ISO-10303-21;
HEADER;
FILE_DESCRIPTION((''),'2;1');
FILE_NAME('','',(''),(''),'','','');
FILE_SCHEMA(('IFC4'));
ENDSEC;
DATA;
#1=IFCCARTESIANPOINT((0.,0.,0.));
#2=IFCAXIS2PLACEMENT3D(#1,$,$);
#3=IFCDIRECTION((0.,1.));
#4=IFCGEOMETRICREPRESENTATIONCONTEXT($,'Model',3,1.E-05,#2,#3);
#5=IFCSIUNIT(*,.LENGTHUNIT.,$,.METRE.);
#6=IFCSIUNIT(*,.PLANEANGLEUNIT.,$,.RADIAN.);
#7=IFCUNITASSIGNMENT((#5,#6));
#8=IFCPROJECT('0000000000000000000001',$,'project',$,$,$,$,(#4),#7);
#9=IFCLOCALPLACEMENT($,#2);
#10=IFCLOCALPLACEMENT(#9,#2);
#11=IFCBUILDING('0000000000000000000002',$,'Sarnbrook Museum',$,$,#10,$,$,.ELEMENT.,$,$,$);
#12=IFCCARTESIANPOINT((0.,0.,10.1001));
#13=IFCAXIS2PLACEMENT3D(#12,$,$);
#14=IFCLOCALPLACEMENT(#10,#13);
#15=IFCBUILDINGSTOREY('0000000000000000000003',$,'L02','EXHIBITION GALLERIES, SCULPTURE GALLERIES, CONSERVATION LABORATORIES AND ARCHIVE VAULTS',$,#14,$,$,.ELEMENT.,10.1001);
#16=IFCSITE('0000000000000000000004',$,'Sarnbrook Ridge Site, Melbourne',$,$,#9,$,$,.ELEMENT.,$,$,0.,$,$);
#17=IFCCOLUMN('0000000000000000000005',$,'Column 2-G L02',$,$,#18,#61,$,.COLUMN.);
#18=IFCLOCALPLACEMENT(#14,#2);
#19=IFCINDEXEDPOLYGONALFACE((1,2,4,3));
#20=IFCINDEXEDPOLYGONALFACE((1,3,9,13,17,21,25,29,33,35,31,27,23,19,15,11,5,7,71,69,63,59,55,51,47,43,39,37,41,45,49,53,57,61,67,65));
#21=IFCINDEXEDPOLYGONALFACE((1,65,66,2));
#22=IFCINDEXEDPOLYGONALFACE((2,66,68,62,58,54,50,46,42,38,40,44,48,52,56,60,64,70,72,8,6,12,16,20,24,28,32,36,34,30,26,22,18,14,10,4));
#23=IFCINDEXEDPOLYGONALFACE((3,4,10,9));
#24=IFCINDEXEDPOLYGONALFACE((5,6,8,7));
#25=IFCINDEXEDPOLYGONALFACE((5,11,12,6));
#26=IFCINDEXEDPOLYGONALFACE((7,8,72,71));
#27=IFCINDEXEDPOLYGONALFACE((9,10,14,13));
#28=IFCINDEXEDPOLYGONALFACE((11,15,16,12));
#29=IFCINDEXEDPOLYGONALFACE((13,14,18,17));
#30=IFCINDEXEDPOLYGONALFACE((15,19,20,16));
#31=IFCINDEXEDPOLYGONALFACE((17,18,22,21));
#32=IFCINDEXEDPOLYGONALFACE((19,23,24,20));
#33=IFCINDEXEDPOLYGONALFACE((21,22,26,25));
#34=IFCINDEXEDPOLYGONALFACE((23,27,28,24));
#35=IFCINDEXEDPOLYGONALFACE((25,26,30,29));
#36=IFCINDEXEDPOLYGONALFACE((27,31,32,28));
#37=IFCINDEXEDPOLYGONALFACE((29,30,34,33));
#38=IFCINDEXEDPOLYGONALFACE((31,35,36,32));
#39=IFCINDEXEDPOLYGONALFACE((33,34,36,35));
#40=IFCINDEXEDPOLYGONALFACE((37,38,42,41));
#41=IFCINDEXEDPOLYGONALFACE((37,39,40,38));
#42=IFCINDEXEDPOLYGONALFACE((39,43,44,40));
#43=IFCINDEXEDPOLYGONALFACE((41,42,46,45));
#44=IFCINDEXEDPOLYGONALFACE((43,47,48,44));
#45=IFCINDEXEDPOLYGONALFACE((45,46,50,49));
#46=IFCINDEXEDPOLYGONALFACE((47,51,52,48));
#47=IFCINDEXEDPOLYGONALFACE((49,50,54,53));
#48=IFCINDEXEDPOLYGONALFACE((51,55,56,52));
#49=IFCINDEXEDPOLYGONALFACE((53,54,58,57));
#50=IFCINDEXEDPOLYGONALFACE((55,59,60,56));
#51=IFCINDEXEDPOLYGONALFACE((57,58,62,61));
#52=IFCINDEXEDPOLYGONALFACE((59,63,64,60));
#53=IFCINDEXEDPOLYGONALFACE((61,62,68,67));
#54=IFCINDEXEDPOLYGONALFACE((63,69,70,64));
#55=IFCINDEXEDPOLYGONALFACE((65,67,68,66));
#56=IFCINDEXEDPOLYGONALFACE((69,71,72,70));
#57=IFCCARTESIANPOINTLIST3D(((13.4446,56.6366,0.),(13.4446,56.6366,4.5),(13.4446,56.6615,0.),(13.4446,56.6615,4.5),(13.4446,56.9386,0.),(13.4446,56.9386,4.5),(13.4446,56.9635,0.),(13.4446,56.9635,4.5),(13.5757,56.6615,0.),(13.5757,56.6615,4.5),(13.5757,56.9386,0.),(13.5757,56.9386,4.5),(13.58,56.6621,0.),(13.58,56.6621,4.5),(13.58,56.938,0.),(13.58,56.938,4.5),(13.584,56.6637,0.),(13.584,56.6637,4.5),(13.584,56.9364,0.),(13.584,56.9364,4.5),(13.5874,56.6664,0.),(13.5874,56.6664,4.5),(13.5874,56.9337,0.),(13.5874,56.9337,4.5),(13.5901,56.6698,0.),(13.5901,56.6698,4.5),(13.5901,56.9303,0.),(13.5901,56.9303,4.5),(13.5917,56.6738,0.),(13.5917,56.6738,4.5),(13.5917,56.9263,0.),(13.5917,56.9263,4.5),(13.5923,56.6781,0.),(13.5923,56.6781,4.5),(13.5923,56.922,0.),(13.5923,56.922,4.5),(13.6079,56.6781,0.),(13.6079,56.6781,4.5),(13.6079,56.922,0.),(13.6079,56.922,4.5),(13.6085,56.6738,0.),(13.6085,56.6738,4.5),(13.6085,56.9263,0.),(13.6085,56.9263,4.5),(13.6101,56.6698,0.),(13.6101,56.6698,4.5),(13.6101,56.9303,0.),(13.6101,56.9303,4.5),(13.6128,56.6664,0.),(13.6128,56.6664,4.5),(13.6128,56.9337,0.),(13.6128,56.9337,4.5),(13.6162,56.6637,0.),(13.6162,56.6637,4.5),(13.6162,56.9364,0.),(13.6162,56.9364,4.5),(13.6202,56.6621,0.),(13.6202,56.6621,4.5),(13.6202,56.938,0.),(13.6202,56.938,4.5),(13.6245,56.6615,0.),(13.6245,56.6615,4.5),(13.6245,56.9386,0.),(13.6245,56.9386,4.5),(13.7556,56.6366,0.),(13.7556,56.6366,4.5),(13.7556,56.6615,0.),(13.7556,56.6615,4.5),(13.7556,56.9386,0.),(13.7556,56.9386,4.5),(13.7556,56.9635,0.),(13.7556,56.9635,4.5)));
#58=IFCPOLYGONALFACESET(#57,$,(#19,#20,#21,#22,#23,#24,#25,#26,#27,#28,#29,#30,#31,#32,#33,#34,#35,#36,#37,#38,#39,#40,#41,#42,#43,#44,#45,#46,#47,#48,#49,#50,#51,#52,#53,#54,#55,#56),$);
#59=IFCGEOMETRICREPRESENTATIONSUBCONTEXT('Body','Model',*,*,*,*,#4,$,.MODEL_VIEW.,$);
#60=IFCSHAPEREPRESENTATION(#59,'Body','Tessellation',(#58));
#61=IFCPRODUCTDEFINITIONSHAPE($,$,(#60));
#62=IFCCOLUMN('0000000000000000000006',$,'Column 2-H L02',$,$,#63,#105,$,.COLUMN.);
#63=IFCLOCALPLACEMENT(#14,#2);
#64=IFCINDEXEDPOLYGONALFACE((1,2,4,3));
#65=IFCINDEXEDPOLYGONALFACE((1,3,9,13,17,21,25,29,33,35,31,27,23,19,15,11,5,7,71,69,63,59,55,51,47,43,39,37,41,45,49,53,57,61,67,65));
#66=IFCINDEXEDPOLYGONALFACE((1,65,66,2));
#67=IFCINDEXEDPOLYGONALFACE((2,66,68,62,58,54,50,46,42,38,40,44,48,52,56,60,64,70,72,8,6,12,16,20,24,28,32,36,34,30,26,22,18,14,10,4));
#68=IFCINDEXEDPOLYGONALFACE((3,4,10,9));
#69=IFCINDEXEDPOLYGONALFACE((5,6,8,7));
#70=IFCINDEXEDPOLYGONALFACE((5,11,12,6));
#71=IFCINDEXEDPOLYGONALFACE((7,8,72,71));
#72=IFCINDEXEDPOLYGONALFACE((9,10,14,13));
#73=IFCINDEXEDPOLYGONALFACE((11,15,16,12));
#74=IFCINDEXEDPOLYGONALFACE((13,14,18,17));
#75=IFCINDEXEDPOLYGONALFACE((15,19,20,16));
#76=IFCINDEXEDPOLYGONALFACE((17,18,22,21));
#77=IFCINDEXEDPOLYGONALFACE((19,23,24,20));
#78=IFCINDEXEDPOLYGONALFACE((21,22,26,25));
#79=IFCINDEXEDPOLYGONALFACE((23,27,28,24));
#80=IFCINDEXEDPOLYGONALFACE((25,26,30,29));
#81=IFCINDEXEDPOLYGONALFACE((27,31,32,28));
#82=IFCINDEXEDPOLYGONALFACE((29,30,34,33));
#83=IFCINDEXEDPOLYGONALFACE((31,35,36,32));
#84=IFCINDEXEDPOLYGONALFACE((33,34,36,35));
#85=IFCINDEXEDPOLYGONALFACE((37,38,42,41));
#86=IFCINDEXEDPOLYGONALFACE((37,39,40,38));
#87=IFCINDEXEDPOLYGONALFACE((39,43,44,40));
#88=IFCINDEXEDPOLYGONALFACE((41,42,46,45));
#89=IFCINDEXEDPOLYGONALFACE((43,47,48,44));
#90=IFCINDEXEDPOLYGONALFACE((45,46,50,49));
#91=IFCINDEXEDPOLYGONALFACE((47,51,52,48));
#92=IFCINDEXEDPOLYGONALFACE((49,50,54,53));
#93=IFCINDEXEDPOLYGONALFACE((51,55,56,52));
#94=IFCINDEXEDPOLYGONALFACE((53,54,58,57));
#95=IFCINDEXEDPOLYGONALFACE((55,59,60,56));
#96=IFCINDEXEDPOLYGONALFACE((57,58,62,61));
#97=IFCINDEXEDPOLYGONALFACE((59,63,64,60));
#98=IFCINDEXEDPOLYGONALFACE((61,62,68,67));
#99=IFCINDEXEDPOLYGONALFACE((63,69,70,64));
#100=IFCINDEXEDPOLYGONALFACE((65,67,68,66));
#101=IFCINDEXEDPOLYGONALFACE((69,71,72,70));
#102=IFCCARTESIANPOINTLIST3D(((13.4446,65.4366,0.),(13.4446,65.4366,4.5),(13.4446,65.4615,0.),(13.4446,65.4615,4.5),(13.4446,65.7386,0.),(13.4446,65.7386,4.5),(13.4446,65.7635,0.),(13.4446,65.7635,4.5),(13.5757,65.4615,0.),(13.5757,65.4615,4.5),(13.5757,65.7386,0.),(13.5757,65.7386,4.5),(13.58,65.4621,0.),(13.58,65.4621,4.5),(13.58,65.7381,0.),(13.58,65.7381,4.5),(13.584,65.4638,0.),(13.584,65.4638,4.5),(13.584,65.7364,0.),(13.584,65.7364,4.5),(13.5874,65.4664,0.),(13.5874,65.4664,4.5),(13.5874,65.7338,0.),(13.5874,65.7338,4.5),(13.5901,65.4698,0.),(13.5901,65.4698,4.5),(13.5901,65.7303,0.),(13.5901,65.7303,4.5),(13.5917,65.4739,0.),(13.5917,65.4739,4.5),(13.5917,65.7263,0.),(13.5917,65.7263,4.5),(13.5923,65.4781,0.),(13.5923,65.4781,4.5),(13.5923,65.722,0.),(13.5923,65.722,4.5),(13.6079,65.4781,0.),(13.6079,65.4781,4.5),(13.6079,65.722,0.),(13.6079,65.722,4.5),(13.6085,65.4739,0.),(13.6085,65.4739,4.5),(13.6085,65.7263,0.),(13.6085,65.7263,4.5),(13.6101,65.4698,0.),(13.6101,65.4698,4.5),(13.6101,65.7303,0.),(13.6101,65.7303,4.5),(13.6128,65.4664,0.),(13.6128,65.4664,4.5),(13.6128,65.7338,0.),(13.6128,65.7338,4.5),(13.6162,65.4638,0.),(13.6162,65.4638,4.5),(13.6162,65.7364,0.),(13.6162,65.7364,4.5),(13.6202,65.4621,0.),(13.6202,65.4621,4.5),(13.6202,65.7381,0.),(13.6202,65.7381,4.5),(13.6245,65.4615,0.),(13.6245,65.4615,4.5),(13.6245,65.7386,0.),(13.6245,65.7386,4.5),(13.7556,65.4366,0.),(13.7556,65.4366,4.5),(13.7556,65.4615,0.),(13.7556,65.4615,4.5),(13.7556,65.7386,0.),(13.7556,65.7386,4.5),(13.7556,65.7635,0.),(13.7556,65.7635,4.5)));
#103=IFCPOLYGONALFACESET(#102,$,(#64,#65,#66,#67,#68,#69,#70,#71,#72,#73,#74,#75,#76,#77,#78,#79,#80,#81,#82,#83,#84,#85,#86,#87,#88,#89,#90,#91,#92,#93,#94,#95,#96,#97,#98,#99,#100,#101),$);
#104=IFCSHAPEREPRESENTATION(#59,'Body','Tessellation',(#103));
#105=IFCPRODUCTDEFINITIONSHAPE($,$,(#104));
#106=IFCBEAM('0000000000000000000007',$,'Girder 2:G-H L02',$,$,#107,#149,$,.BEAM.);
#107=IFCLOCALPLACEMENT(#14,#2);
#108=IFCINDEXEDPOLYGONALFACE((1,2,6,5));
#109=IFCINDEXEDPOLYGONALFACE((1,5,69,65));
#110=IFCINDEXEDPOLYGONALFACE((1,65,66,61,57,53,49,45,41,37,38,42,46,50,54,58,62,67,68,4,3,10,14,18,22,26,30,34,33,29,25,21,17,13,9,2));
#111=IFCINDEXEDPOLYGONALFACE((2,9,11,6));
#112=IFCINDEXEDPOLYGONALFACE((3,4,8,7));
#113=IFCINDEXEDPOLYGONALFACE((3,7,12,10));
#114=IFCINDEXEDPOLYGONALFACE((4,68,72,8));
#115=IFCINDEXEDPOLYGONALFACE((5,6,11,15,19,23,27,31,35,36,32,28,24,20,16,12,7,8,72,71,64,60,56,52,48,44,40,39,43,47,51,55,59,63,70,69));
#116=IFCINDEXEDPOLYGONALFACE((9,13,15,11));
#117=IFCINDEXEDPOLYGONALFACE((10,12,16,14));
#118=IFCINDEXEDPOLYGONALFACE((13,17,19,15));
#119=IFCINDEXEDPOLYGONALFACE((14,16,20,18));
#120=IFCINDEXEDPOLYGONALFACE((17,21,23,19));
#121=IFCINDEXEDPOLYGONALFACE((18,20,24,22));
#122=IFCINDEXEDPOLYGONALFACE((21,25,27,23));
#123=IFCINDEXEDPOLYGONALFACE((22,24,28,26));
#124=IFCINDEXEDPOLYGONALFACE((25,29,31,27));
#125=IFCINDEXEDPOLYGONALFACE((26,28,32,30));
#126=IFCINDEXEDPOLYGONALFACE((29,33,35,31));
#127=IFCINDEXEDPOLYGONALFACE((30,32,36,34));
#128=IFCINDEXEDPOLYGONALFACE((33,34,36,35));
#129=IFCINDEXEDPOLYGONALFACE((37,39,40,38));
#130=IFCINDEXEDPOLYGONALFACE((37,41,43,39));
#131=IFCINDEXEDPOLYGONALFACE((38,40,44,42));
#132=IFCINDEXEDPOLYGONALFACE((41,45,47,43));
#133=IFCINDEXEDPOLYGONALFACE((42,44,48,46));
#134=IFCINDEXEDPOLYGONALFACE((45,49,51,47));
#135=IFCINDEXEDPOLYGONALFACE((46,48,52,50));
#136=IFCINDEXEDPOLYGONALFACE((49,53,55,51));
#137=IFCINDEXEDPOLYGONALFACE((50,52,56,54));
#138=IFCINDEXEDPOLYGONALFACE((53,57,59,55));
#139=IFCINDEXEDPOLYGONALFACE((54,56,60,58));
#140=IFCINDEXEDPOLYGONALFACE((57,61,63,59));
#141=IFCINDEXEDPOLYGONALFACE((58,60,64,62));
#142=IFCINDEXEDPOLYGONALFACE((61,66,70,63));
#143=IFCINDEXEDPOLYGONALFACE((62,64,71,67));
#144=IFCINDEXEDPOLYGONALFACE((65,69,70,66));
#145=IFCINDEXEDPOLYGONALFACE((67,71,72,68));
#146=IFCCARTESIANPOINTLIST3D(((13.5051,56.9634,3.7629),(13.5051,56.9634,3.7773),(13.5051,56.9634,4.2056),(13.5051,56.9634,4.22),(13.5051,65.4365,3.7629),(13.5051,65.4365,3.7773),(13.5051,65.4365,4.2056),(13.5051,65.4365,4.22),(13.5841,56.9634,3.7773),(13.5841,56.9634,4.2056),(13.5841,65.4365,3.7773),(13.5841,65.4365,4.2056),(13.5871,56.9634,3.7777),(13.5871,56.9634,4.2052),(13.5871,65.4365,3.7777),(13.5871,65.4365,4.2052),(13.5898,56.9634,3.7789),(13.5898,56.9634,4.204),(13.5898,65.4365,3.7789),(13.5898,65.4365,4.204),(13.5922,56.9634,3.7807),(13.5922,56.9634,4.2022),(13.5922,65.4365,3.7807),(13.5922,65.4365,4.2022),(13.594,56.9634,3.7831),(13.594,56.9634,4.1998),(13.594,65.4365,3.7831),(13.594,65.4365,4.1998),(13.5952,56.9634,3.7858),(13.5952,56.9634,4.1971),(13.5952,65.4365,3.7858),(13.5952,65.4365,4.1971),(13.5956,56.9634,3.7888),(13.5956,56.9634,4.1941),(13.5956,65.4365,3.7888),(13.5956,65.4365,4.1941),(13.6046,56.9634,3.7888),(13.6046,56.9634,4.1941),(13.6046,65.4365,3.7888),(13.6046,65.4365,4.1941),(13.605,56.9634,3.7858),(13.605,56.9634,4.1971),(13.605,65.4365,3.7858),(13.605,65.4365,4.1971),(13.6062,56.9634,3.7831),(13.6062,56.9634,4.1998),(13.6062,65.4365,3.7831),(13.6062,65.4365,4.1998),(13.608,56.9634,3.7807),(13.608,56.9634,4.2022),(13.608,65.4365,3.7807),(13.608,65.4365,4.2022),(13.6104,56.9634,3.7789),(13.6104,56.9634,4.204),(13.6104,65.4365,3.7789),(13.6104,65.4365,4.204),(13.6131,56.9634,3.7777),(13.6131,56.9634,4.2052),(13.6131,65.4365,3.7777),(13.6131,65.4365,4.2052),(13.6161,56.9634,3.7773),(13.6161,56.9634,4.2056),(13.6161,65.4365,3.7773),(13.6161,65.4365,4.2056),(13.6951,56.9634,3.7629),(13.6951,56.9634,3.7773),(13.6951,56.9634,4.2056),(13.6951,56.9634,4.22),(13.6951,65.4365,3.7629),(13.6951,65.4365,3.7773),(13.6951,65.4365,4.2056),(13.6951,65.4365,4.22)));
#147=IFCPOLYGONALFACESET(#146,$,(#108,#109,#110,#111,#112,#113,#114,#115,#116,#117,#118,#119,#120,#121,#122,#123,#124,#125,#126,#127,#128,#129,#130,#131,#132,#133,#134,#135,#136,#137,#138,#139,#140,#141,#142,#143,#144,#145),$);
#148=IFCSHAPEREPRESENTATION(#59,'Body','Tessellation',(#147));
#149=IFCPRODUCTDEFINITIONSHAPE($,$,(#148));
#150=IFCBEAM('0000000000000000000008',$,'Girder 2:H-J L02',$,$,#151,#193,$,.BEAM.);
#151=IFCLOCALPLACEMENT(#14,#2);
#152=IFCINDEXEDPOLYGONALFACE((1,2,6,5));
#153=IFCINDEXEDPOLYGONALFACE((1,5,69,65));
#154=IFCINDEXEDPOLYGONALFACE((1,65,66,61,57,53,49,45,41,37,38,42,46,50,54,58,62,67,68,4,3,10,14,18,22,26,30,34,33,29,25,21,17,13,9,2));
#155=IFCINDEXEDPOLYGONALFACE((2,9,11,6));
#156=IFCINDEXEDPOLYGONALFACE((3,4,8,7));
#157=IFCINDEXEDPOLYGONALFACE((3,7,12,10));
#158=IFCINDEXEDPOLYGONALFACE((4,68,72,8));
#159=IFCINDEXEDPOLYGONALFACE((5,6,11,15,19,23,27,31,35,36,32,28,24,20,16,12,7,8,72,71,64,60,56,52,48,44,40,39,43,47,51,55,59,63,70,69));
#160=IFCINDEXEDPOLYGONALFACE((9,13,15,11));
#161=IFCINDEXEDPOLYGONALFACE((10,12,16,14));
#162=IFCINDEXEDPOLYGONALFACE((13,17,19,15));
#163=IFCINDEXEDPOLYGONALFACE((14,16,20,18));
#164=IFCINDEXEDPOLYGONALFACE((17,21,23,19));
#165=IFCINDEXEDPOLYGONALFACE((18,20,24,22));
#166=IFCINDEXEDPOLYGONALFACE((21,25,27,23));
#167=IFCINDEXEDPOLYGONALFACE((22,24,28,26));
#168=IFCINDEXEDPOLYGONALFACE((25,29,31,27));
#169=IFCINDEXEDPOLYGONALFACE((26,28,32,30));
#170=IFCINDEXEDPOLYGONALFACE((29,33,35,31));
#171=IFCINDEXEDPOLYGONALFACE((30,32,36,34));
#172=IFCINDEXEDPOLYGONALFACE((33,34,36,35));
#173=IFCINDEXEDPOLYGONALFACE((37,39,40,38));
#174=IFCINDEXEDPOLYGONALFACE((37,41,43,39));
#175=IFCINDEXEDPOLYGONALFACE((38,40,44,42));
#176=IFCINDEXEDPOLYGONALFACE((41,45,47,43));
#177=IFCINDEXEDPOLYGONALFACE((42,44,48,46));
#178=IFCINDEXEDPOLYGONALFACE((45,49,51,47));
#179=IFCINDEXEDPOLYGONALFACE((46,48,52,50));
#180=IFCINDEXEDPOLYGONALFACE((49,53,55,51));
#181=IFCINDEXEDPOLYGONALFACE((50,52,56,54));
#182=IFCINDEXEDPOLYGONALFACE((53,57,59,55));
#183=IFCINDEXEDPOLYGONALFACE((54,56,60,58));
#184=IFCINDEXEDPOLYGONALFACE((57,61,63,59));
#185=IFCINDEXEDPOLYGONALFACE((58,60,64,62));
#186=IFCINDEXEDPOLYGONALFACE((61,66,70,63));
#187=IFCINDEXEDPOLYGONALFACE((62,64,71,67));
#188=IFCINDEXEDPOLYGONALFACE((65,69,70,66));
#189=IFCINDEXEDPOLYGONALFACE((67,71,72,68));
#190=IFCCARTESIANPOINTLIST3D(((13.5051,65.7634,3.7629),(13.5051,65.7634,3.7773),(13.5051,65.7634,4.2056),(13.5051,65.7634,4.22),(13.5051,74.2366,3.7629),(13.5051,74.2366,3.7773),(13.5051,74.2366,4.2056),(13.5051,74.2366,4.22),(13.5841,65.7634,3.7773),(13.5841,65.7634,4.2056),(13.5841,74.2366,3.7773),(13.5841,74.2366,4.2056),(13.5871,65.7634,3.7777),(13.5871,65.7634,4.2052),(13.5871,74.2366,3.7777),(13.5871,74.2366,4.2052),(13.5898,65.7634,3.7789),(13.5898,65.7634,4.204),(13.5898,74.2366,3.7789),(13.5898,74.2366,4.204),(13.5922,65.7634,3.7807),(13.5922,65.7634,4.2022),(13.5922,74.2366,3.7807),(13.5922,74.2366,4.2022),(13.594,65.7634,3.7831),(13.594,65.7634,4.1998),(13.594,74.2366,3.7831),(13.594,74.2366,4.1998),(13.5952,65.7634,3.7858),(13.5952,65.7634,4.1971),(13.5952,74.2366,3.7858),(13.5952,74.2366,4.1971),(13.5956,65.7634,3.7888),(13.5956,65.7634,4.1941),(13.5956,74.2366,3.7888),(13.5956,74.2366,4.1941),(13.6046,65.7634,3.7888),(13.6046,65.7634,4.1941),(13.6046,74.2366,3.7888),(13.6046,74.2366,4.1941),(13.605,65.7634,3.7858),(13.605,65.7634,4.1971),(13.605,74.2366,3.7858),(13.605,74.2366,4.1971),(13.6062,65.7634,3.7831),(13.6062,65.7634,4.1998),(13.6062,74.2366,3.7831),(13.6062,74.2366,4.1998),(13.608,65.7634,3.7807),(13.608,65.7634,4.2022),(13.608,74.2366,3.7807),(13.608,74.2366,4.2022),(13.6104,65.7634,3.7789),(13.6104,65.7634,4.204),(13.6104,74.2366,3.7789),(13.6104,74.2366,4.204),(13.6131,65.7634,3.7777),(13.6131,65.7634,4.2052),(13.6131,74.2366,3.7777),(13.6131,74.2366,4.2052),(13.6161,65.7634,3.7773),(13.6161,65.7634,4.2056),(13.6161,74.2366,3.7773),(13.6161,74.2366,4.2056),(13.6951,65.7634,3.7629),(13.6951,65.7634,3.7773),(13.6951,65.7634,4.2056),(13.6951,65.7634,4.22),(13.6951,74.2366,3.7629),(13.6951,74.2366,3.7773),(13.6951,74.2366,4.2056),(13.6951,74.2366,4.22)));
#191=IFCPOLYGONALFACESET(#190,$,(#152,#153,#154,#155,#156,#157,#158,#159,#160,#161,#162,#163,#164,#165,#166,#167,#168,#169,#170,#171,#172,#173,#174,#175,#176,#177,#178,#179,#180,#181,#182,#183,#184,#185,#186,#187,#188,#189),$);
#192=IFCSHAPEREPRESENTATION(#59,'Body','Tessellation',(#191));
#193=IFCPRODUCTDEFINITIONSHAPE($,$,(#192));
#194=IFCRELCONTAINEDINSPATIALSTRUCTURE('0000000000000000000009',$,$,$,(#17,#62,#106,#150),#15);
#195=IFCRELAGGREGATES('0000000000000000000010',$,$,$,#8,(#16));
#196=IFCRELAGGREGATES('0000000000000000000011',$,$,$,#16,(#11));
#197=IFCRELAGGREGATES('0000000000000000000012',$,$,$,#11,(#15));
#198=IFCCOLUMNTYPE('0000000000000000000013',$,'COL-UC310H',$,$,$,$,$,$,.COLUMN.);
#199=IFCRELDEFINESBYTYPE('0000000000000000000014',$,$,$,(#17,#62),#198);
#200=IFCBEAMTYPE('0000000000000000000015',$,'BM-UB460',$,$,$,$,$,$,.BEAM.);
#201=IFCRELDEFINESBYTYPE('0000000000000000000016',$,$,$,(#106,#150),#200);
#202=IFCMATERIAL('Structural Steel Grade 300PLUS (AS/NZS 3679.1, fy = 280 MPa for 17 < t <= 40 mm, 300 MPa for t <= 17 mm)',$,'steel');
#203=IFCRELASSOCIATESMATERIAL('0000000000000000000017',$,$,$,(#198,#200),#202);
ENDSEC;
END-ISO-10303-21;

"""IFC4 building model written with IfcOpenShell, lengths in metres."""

from ifc_helpers import new_model, si_unit, direction, frame, origin, origin_2d, place, context, subcontext, project, spatial, i_section, extrude, material, material_profile, profile_set, type_object, element, save


model = new_model("IFC4")

# Units and contexts
model_context = context("Model", 3, precision=1e-05, world=origin(), true_north=direction((0.0, 1.0)))
body_context = subcontext(model_context, "Body", "Model", "MODEL_VIEW")
ifc_project = project(units=[si_unit("LENGTHUNIT", "METRE"), si_unit("PLANEANGLEUNIT", "RADIAN")], contexts=[model_context])

# Site, building, storey
site_placement = place(None, origin())
site = spatial("IfcSite", under=ifc_project, at=site_placement, Name="Sarnbrook Ridge Site, Melbourne", CompositionType="ELEMENT", RefElevation=0.0)
building_placement = place(site_placement, origin())
building = spatial("IfcBuilding", under=site, at=building_placement, Name="Sarnbrook Museum", CompositionType="ELEMENT")
storey_placement = place(building_placement, frame((0.0, 0.0, 10.1001)))
storey = spatial("IfcBuildingStorey", under=building, at=storey_placement, Name="L02", Description="EXHIBITION GALLERIES, SCULPTURE GALLERIES, CONSERVATION LABORATORIES AND ARCHIVE VAULTS", CompositionType="ELEMENT", Elevation=10.1001)

# Columns
ifc_material_1 = material(Name="Structural Steel Grade 300PLUS (AS/NZS 3679.1, fy = 280 MPa for 17 < t <= 40 mm, 300 MPa for t <= 17 mm)", Category="steel")
ifc_material_profile_1 = material_profile(ifc_material_1, i_section(OverallWidth=0.311, OverallDepth=0.3269, WebThickness=0.0156, FlangeThickness=0.0249, FilletRadius=0.0166, at=origin_2d()), Name="310UC158")
ifc_profile_set_1 = profile_set([ifc_material_profile_1], Name="Structural Steel Grade 300PLUS (AS/NZS 3679.1, fy = 280 MPa for 17 < t <= 40 mm, 300 MPa for t <= 17 mm)")
column_type = type_object("IfcColumnType", Name="COL-UC310H", PredefinedType="COLUMN", material=ifc_profile_set_1)
for number, where, z_axis, x_axis, name in (
    (1, (13.6001, 56.8, 0.0), (0.0, 0.0, 1.0), (1.0, 0.0, 0.0), "Column 2-G L02"),
    (2, (13.6001, 65.6001, 0.0), (0.0, 0.0, 1.0), (1.0, 0.0, 0.0), "Column 2-H L02"),
):
    element("IfcColumn", number, at=place(storey_placement, frame(where, z_axis=z_axis, x_axis=x_axis)), inside=storey, type_object=column_type, Name=name, PredefinedType="COLUMN", context=body_context, shape_type="SweptSolid", body=[
        extrude(i_section(OverallWidth=0.311, OverallDepth=0.3269, WebThickness=0.0156, FlangeThickness=0.0249, FilletRadius=0.0166, at=origin_2d()), origin(), (0.0, 0.0, 1.0), 4.5),
    ])

# Beams
ifc_material_profile_2 = material_profile(ifc_material_1, i_section(OverallWidth=0.1899, OverallDepth=0.457, WebThickness=0.009, FlangeThickness=0.0144, FilletRadius=0.0115, at=origin_2d()), Name="460UB74.6")
ifc_profile_set_2 = profile_set([ifc_material_profile_2], Name="Structural Steel Grade 300PLUS (AS/NZS 3679.1, fy = 280 MPa for 17 < t <= 40 mm, 300 MPa for t <= 17 mm)")
beam_type_1 = type_object("IfcBeamType", Name="BM-UB460", PredefinedType="BEAM", material=ifc_profile_set_2)
for number, where, z_axis, x_axis, name in (
    (3, (13.6001, 56.9634, 3.9915), (0.0, 1.0, 0.0), (-1.0, 0.0, 0.0), "Girder 2:G-H L02"),
    (4, (13.6001, 65.7634, 3.9915), (0.0, 1.0, 0.0), (-1.0, 0.0, 0.0), "Girder 2:H-J L02"),
):
    element("IfcBeam", number, at=place(storey_placement, frame(where, z_axis=z_axis, x_axis=x_axis)), inside=storey, type_object=beam_type_1, Name=name, PredefinedType="BEAM", context=body_context, shape_type="SweptSolid", body=[
        extrude(i_section(OverallWidth=0.1899, OverallDepth=0.457, WebThickness=0.009, FlangeThickness=0.0144, FilletRadius=0.0115, at=origin_2d()), origin(), (0.0, 0.0, 1.0), 8.4731),
    ])

save(model, "model.ifc")
